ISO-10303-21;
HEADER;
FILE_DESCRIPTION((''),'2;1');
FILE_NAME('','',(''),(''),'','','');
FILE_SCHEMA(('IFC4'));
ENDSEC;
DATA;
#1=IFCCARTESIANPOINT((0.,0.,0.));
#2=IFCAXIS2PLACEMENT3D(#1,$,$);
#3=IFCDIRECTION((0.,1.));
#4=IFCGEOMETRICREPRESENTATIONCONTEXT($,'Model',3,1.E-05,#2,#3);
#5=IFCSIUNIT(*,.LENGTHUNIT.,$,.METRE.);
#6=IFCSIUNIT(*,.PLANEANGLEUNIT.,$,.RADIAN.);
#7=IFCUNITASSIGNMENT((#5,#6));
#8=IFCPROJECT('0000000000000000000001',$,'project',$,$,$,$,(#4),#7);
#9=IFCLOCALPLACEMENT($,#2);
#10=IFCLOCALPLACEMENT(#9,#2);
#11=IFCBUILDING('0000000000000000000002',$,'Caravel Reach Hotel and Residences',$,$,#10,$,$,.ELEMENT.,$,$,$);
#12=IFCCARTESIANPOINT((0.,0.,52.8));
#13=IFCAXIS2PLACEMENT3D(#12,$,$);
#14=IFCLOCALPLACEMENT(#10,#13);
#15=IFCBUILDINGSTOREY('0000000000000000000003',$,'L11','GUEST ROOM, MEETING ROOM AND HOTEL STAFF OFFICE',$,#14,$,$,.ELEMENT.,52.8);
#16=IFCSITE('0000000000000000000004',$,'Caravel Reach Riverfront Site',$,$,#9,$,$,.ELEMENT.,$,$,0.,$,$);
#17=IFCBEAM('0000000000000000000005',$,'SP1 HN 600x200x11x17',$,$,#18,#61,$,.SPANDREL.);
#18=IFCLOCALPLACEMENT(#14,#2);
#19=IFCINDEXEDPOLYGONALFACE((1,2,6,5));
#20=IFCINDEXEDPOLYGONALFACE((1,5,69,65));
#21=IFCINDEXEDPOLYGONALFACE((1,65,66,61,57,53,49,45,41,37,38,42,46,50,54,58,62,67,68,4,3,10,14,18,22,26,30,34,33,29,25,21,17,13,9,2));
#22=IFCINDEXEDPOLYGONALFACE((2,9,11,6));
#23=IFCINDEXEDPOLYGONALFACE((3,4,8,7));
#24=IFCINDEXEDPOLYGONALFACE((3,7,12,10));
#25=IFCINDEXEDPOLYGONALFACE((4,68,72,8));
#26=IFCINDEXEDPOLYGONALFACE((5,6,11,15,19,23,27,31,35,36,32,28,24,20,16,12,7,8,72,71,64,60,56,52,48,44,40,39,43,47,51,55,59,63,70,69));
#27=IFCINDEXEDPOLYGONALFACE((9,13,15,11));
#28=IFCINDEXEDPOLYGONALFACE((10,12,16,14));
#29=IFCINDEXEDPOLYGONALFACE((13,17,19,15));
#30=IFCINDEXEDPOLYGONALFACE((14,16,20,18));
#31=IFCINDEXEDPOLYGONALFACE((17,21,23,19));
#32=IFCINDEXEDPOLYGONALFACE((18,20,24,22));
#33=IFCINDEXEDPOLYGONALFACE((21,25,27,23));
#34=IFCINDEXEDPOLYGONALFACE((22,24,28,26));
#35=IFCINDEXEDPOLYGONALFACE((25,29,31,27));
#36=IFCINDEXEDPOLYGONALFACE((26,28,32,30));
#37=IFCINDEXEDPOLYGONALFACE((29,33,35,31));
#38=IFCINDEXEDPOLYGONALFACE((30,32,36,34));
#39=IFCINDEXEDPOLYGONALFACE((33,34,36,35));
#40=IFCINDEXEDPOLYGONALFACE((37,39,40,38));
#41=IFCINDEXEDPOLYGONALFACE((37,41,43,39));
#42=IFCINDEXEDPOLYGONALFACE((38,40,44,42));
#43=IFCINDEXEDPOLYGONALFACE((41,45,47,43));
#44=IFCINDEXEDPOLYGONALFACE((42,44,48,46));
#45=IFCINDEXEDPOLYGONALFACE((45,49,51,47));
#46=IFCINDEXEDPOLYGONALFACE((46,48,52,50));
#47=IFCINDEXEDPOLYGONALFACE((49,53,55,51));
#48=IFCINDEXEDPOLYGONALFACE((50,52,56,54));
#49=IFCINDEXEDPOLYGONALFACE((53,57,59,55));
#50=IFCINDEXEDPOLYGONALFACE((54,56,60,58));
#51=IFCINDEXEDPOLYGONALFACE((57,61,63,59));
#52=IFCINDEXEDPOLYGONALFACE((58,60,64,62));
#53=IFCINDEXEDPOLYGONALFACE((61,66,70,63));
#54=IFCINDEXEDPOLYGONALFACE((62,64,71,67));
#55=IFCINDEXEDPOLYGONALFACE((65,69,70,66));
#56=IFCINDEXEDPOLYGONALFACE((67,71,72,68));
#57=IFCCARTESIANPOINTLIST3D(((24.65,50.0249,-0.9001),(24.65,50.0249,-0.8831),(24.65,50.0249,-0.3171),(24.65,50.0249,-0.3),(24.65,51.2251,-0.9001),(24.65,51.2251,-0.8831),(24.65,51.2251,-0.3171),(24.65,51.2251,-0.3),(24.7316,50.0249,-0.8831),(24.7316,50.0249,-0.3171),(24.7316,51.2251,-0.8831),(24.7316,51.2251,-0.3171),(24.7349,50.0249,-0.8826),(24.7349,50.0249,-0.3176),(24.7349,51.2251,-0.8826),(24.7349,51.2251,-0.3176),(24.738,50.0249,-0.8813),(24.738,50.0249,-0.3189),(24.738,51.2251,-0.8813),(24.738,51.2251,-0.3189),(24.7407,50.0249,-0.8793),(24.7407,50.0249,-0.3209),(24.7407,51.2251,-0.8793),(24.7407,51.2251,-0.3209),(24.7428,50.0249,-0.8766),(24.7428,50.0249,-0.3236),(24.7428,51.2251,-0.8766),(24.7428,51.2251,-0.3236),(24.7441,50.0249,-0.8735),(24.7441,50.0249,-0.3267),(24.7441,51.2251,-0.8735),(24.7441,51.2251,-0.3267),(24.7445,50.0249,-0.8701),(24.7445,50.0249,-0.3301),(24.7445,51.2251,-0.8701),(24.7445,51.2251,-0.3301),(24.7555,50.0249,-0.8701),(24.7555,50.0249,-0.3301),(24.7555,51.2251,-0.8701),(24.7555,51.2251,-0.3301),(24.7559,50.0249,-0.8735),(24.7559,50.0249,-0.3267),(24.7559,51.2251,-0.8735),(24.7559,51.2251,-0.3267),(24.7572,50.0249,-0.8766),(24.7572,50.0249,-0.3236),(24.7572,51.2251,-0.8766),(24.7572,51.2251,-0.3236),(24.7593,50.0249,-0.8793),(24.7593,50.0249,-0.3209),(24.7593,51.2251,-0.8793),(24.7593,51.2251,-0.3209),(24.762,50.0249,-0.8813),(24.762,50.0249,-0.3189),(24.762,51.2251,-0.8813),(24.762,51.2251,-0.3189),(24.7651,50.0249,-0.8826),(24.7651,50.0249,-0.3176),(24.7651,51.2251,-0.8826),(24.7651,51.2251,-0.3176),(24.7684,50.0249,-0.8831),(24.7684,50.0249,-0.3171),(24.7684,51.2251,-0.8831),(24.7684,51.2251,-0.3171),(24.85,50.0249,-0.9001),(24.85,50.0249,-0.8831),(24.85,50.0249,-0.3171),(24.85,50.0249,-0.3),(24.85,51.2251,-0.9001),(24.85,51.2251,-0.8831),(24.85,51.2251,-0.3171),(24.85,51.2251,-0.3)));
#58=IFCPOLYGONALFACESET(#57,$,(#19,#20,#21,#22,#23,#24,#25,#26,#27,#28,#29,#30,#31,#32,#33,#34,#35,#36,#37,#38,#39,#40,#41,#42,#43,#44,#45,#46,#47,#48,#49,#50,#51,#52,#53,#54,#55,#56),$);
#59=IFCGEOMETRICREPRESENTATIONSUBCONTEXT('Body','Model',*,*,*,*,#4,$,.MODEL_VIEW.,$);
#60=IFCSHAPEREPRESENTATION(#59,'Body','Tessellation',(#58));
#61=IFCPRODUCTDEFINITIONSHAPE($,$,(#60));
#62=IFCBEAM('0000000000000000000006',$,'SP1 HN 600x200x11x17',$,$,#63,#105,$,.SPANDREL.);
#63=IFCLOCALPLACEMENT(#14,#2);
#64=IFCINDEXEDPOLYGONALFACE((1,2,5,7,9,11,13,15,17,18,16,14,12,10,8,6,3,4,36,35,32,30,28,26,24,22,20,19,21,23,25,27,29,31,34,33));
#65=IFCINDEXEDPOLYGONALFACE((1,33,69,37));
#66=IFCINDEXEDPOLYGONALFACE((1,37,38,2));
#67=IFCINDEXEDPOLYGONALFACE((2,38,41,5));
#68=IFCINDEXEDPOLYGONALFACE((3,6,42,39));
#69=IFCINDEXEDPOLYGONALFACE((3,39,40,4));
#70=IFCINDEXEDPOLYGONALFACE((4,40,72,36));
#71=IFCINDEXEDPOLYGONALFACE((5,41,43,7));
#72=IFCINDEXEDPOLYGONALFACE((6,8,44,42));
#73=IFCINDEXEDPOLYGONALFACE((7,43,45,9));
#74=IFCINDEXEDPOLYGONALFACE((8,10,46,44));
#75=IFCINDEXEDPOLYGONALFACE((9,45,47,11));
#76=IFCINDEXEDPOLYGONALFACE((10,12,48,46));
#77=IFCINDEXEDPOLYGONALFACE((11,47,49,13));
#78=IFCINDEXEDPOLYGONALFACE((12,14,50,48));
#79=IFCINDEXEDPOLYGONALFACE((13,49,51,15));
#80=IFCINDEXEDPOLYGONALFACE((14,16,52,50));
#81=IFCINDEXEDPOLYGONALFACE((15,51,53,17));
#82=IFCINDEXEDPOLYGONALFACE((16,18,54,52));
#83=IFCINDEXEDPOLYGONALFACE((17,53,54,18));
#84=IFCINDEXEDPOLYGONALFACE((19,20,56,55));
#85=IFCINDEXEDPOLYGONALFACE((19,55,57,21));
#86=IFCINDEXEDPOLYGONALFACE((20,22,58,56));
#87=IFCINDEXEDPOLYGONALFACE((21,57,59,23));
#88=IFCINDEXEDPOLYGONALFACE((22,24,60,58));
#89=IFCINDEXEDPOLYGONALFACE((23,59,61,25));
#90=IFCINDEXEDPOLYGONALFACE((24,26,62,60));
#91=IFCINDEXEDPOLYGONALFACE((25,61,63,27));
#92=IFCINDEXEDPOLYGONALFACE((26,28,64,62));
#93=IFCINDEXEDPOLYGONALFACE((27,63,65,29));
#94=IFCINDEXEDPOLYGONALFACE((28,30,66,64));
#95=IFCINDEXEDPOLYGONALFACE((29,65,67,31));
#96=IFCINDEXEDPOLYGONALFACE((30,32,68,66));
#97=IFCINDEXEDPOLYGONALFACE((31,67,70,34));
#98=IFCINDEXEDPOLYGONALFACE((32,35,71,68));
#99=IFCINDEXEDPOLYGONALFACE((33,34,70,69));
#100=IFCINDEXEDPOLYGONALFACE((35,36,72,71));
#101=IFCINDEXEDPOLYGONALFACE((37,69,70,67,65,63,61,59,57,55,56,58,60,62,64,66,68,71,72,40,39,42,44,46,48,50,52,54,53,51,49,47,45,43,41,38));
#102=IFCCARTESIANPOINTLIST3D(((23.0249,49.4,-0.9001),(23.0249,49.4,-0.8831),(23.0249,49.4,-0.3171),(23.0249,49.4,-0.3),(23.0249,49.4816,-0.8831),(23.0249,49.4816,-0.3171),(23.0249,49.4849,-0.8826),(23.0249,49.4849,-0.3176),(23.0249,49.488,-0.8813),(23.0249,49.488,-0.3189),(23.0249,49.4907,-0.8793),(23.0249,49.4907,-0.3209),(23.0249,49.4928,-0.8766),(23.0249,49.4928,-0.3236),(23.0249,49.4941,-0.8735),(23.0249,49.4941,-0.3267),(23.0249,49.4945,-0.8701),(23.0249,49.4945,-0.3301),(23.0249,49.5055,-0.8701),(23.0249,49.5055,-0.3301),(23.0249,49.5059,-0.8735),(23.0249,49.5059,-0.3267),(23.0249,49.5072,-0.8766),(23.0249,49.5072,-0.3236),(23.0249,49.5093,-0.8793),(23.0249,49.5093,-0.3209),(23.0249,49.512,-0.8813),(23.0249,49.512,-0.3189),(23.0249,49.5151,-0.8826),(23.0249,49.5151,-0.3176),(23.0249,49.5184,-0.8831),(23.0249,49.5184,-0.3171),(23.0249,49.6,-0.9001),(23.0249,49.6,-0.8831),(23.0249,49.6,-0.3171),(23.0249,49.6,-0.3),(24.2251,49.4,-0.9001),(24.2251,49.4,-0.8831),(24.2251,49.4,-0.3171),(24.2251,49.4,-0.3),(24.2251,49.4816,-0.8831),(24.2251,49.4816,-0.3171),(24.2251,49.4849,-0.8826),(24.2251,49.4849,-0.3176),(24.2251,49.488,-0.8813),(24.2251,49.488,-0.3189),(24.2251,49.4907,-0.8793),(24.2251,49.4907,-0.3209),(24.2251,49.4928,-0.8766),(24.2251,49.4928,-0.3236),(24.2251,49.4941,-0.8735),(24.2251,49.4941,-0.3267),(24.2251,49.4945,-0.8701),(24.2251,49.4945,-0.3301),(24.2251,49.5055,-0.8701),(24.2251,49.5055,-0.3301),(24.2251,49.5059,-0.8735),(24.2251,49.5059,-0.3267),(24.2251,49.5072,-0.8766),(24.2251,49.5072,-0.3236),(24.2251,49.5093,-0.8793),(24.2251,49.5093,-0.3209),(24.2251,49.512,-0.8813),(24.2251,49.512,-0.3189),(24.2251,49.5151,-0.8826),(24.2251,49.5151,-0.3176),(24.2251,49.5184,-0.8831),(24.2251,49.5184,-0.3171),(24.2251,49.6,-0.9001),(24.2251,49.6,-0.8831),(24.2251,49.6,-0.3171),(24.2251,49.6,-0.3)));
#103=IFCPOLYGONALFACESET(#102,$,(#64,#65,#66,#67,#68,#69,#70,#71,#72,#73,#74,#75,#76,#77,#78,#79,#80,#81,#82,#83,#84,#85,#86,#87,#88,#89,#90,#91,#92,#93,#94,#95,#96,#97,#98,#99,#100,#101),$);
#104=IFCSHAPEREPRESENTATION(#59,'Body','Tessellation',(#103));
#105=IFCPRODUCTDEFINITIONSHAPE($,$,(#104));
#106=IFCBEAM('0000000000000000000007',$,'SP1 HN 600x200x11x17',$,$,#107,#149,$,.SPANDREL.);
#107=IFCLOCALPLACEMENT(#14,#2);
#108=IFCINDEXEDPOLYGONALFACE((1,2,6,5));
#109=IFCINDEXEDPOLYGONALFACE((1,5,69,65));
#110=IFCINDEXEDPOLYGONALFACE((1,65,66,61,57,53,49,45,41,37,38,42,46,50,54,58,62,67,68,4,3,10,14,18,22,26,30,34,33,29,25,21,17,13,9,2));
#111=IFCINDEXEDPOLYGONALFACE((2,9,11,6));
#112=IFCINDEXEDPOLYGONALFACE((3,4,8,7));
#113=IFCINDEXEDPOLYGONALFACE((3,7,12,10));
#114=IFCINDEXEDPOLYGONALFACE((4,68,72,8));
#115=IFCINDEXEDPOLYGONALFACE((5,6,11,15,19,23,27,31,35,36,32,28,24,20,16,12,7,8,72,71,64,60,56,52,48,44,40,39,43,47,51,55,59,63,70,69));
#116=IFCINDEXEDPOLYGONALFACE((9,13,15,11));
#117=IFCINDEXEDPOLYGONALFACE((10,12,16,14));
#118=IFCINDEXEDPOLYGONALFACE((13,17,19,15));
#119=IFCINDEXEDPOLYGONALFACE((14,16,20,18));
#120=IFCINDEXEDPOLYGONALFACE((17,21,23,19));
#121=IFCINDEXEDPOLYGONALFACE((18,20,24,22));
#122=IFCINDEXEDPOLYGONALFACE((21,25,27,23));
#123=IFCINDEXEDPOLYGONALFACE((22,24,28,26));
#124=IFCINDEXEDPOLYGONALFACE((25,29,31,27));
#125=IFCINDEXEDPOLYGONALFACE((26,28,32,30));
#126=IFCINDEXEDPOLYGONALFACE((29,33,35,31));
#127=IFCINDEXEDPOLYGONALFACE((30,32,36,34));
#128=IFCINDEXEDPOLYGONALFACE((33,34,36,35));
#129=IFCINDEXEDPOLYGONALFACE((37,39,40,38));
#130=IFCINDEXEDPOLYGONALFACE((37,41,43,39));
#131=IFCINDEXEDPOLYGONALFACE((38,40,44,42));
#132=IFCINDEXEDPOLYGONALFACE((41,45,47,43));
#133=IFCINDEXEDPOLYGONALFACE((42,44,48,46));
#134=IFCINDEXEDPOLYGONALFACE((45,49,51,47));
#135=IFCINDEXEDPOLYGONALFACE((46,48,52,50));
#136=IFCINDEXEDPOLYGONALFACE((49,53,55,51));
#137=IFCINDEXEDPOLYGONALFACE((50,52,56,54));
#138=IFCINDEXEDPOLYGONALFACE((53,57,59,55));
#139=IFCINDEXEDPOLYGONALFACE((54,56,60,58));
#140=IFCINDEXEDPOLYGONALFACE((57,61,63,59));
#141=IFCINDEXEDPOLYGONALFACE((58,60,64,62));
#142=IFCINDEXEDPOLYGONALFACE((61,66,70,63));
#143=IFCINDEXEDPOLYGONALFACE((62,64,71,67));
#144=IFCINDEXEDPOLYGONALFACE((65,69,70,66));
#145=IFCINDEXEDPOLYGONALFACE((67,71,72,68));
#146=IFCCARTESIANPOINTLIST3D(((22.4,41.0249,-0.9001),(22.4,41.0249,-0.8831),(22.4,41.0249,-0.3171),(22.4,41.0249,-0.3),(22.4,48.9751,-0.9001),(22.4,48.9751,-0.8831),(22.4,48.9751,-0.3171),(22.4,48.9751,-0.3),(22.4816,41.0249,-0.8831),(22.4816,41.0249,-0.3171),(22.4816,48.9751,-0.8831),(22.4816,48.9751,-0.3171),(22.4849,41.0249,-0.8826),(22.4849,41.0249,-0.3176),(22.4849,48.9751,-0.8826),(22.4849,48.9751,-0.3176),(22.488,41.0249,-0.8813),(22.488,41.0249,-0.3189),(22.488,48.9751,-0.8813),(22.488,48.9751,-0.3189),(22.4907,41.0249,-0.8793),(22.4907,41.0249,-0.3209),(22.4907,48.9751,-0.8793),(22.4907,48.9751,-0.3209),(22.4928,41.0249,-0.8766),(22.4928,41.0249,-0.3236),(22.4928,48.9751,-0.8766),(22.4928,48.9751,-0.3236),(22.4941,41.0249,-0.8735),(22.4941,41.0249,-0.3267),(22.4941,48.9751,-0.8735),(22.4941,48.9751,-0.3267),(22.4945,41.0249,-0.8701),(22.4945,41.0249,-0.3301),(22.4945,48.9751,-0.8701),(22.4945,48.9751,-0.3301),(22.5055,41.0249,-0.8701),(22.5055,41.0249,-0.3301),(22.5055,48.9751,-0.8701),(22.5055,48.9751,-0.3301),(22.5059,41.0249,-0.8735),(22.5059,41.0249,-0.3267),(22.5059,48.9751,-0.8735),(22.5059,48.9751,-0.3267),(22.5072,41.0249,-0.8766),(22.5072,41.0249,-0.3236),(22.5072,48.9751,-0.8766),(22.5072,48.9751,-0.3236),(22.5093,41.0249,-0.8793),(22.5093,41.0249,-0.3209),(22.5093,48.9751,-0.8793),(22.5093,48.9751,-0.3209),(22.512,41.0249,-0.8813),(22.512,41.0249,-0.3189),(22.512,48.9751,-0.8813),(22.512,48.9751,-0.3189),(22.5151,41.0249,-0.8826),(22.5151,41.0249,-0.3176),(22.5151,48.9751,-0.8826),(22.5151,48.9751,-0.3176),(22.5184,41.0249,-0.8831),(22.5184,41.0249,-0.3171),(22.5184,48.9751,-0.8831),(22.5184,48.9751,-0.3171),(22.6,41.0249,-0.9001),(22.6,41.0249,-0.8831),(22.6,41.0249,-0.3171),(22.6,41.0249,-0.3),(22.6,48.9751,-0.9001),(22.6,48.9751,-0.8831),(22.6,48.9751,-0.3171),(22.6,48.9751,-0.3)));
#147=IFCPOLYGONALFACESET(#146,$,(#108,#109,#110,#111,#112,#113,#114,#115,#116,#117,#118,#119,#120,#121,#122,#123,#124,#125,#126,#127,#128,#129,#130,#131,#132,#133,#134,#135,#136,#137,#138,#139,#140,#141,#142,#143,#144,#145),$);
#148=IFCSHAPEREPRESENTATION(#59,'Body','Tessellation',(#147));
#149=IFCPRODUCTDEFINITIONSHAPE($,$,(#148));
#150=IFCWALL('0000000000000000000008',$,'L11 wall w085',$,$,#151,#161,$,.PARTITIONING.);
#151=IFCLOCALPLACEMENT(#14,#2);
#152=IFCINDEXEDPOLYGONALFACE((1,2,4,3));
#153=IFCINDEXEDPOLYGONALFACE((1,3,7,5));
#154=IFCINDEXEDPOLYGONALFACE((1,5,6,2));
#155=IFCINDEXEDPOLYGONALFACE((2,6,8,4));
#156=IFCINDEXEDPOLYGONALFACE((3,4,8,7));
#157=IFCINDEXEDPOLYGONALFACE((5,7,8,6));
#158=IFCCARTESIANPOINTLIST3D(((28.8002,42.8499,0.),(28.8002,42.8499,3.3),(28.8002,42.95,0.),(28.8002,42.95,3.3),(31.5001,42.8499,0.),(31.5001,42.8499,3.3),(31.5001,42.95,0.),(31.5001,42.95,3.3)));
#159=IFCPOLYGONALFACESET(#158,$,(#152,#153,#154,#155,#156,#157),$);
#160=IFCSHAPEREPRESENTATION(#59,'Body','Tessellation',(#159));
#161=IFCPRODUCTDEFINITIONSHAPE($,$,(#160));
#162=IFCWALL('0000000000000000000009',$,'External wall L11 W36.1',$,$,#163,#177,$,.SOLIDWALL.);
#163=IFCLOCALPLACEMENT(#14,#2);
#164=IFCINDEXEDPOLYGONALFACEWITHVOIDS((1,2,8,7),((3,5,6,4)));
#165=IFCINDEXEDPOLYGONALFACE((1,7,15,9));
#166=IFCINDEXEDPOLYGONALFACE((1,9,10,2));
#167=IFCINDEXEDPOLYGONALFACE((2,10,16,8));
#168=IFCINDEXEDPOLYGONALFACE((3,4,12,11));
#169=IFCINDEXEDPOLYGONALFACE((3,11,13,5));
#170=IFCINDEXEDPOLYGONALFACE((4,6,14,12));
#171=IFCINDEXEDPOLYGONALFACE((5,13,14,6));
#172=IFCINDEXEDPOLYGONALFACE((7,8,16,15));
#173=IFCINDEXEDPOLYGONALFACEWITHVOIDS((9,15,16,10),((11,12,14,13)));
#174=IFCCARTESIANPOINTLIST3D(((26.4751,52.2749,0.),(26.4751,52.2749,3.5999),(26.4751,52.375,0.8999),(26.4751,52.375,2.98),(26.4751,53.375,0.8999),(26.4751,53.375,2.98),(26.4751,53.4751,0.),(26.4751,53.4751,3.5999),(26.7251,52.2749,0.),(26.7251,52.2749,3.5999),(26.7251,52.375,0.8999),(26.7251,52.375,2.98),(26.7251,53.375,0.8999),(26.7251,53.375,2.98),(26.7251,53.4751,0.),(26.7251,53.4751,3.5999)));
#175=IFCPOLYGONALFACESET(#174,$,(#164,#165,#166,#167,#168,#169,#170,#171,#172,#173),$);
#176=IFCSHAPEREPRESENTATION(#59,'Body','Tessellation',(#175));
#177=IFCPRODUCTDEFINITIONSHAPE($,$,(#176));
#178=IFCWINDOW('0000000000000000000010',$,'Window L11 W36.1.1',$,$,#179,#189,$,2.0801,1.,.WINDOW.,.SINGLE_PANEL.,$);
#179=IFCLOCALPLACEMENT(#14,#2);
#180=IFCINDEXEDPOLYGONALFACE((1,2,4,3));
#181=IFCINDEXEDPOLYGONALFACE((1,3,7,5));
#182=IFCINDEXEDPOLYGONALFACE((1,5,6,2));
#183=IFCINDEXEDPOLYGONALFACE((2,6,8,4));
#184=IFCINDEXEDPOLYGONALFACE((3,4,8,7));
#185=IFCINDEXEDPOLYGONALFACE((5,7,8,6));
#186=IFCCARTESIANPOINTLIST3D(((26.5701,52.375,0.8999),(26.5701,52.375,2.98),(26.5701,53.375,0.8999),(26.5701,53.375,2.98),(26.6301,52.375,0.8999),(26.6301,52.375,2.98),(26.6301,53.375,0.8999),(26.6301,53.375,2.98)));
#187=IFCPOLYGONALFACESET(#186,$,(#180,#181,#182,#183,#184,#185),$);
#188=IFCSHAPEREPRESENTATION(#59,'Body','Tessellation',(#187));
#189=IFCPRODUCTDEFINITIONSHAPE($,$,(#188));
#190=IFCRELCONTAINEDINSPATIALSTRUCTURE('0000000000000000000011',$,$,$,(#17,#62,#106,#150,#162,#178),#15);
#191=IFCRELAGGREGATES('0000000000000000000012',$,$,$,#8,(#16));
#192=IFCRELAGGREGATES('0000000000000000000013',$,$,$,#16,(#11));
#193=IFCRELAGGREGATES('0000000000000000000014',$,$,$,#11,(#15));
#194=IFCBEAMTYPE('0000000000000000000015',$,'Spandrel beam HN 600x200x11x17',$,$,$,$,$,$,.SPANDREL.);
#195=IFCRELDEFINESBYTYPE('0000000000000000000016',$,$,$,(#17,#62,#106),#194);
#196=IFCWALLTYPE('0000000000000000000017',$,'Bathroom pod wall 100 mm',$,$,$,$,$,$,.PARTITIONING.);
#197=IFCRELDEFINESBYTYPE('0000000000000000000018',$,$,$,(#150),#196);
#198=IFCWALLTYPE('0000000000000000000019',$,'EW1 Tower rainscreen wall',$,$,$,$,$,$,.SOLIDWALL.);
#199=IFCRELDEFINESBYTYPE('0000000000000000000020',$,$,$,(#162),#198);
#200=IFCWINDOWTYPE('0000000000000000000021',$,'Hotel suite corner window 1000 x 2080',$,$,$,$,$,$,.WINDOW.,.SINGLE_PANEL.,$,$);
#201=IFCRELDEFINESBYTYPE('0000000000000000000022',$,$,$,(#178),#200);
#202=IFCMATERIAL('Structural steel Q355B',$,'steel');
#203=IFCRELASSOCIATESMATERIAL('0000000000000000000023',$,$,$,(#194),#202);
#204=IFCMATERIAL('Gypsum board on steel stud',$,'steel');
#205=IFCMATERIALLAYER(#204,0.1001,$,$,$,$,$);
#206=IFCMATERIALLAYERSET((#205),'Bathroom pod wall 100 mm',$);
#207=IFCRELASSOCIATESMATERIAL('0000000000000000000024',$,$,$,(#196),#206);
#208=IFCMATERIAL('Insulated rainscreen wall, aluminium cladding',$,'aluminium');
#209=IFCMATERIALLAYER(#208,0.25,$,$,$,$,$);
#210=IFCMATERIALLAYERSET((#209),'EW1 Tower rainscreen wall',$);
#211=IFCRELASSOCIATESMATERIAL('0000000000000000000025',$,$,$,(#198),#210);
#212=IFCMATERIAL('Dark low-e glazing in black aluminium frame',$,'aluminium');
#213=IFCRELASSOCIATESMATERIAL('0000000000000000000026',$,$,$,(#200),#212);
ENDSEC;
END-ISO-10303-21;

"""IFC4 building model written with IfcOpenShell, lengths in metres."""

from ifc_helpers import new_model, si_unit, direction, frame, frame_2d, origin, origin_2d, place, context, subcontext, project, spatial, rectangle, i_section, extrude, material, layer, layer_set, material_profile, profile_set, type_object, element, fill, save


model = new_model("IFC4")

# Units and contexts
model_context = context("Model", 3, precision=1e-05, world=origin(), true_north=direction((0.0, 1.0)))
body_context = subcontext(model_context, "Body", "Model", "MODEL_VIEW")
ifc_project = project(units=[si_unit("LENGTHUNIT", "METRE"), si_unit("PLANEANGLEUNIT", "RADIAN")], contexts=[model_context])

# Site, building, storey
site_placement = place(None, origin())
site = spatial("IfcSite", under=ifc_project, at=site_placement, Name="Caravel Reach Riverfront Site", CompositionType="ELEMENT", RefElevation=0.0)
building_placement = place(site_placement, origin())
building = spatial("IfcBuilding", under=site, at=building_placement, Name="Caravel Reach Hotel and Residences", CompositionType="ELEMENT")
storey_placement = place(building_placement, frame((0.0, 0.0, 52.8)))
storey = spatial("IfcBuildingStorey", under=building, at=storey_placement, Name="L11", Description="GUEST ROOM, MEETING ROOM AND HOTEL STAFF OFFICE", CompositionType="ELEMENT", Elevation=52.8)

# Beams
ifc_material_1 = material(Name="Structural steel Q355B", Category="steel")
ifc_material_profile_1 = material_profile(ifc_material_1, i_section(OverallWidth=0.2, OverallDepth=0.6001, WebThickness=0.011, FlangeThickness=0.0171, FilletRadius=0.0129, at=origin_2d()), Name="HN 600x200x11x17")
ifc_profile_set_1 = profile_set([ifc_material_profile_1], Name="Structural steel Q355B")
beam_type = type_object("IfcBeamType", Name="Spandrel beam HN 600x200x11x17", PredefinedType="SPANDREL", material=ifc_profile_set_1)
for number, where, z_axis, x_axis, name in (
    (1, (24.75, 51.2251, -0.6001), (0.0, -1.0, 0.0), (1.0, 0.0, 0.0), "SP1 HN 600x200x11x17"),
    (2, (24.2251, 49.5, -0.6001), (-1.0, 0.0, 0.0), (0.0, -1.0, 0.0), "SP1 HN 600x200x11x17"),
):
    element("IfcBeam", number, at=place(storey_placement, frame(where, z_axis=z_axis, x_axis=x_axis)), inside=storey, type_object=beam_type, Name=name, PredefinedType="SPANDREL", context=body_context, shape_type="SweptSolid", body=[
        extrude(i_section(OverallWidth=0.2, OverallDepth=0.6001, WebThickness=0.011, FlangeThickness=0.0171, FilletRadius=0.0129, at=origin_2d()), origin(), (0.0, 0.0, 1.0), 1.2002),
    ])
beam_placement = place(storey_placement, frame((22.5, 48.9751, -0.6001), z_axis=(0.0, -1.0, 0.0), x_axis=(1.0, 0.0, 0.0)))
element("IfcBeam", 3, at=beam_placement, inside=storey, type_object=beam_type, Name="SP1 HN 600x200x11x17", PredefinedType="SPANDREL", context=body_context, shape_type="SweptSolid", body=[
    extrude(i_section(OverallWidth=0.2, OverallDepth=0.6001, WebThickness=0.011, FlangeThickness=0.0171, FilletRadius=0.0129, at=origin_2d()), origin(), (0.0, 0.0, 1.0), 7.9502),
])

# Wall
ifc_material_2 = material(Name="Gypsum board on steel stud", Category="steel")
ifc_layer_1 = layer(ifc_material_2, 0.1001)
ifc_layer_set_1 = layer_set([ifc_layer_1], Name="Bathroom pod wall 100 mm")
wall_type_1 = type_object("IfcWallType", Name="Bathroom pod wall 100 mm", PredefinedType="PARTITIONING", material=ifc_layer_set_1)
wall_1_placement = place(storey_placement, frame((28.8, 42.8999, 0.0), z_axis=(0.0, 0.0, 1.0), x_axis=(1.0, 0.0, 0.0)))
element("IfcWall", 4, at=wall_1_placement, inside=storey, type_object=wall_type_1, Name="L11 wall w085", PredefinedType="PARTITIONING", context=body_context, shape_type="SweptSolid", body=[
    extrude(rectangle(XDim=2.7, YDim=0.1001, at=frame_2d((1.3501, 0.0))), origin(), (0.0, 0.0, 1.0), 3.3),
])

# Wall, opening, window
ifc_material_3 = material(Name="Insulated rainscreen wall, aluminium cladding", Category="aluminium")
ifc_layer_2 = layer(ifc_material_3, 0.25)
ifc_layer_set_2 = layer_set([ifc_layer_2], Name="EW1 Tower rainscreen wall")
wall_type_2 = type_object("IfcWallType", Name="EW1 Tower rainscreen wall", PredefinedType="SOLIDWALL", material=ifc_layer_set_2)
wall_2_placement = place(storey_placement, frame((26.6001, 53.4751, 0.0), z_axis=(0.0, 0.0, 1.0), x_axis=(0.0, -1.0, 0.0)))
wall_2 = element("IfcWall", 5, at=wall_2_placement, inside=storey, type_object=wall_type_2, Name="External wall L11 W36.1", PredefinedType="SOLIDWALL", context=body_context, shape_type="SweptSolid", body=[
    extrude(rectangle(XDim=1.2002, YDim=0.25, at=frame_2d((0.6001, 0.0))), origin(), (0.0, 0.0, 1.0), 3.5999),
])
opening_1_placement = place(wall_2_placement, frame((0.1001, 0.0, 0.8999)))
opening_1 = element("IfcOpeningElement", 6, at=opening_1_placement, cuts=wall_2, PredefinedType="OPENING", context=body_context, shape_type="SweptSolid", body=[
    extrude(rectangle(XDim=1.0, YDim=2.0801, at=frame_2d((0.5, 1.04))), frame((0.0, 0.135, 0.0), z_axis=(0.0, -1.0, 0.0), x_axis=(1.0, 0.0, 0.0)), (0.0, 0.0, 1.0), 0.27),
])
ifc_material_4 = material(Name="Dark low-e glazing in black aluminium frame", Category="aluminium")
window_type_1 = type_object("IfcWindowType", Name="Hotel suite corner window 1000 x 2080", PartitioningType="SINGLE_PANEL", PredefinedType="WINDOW", material=ifc_material_4)
window_1_placement = place(opening_1_placement, origin())
window_1 = element("IfcWindow", 7, at=window_1_placement, inside=storey, type_object=window_type_1, Name="Window L11 W36.1.1", OverallHeight=2.0801, OverallWidth=1.0, PartitioningType="SINGLE_PANEL", PredefinedType="WINDOW", context=body_context, shape_type="SweptSolid", body=[
    extrude(rectangle(XDim=1.0, YDim=2.0801, at=frame_2d((0.5, 1.04))), frame((0.0, 0.03, 0.0), z_axis=(0.0, -1.0, 0.0), x_axis=(1.0, 0.0, 0.0)), (0.0, 0.0, 1.0), 0.0601),
])
fill(opening_1, window_1)

save(model, "model.ifc")
